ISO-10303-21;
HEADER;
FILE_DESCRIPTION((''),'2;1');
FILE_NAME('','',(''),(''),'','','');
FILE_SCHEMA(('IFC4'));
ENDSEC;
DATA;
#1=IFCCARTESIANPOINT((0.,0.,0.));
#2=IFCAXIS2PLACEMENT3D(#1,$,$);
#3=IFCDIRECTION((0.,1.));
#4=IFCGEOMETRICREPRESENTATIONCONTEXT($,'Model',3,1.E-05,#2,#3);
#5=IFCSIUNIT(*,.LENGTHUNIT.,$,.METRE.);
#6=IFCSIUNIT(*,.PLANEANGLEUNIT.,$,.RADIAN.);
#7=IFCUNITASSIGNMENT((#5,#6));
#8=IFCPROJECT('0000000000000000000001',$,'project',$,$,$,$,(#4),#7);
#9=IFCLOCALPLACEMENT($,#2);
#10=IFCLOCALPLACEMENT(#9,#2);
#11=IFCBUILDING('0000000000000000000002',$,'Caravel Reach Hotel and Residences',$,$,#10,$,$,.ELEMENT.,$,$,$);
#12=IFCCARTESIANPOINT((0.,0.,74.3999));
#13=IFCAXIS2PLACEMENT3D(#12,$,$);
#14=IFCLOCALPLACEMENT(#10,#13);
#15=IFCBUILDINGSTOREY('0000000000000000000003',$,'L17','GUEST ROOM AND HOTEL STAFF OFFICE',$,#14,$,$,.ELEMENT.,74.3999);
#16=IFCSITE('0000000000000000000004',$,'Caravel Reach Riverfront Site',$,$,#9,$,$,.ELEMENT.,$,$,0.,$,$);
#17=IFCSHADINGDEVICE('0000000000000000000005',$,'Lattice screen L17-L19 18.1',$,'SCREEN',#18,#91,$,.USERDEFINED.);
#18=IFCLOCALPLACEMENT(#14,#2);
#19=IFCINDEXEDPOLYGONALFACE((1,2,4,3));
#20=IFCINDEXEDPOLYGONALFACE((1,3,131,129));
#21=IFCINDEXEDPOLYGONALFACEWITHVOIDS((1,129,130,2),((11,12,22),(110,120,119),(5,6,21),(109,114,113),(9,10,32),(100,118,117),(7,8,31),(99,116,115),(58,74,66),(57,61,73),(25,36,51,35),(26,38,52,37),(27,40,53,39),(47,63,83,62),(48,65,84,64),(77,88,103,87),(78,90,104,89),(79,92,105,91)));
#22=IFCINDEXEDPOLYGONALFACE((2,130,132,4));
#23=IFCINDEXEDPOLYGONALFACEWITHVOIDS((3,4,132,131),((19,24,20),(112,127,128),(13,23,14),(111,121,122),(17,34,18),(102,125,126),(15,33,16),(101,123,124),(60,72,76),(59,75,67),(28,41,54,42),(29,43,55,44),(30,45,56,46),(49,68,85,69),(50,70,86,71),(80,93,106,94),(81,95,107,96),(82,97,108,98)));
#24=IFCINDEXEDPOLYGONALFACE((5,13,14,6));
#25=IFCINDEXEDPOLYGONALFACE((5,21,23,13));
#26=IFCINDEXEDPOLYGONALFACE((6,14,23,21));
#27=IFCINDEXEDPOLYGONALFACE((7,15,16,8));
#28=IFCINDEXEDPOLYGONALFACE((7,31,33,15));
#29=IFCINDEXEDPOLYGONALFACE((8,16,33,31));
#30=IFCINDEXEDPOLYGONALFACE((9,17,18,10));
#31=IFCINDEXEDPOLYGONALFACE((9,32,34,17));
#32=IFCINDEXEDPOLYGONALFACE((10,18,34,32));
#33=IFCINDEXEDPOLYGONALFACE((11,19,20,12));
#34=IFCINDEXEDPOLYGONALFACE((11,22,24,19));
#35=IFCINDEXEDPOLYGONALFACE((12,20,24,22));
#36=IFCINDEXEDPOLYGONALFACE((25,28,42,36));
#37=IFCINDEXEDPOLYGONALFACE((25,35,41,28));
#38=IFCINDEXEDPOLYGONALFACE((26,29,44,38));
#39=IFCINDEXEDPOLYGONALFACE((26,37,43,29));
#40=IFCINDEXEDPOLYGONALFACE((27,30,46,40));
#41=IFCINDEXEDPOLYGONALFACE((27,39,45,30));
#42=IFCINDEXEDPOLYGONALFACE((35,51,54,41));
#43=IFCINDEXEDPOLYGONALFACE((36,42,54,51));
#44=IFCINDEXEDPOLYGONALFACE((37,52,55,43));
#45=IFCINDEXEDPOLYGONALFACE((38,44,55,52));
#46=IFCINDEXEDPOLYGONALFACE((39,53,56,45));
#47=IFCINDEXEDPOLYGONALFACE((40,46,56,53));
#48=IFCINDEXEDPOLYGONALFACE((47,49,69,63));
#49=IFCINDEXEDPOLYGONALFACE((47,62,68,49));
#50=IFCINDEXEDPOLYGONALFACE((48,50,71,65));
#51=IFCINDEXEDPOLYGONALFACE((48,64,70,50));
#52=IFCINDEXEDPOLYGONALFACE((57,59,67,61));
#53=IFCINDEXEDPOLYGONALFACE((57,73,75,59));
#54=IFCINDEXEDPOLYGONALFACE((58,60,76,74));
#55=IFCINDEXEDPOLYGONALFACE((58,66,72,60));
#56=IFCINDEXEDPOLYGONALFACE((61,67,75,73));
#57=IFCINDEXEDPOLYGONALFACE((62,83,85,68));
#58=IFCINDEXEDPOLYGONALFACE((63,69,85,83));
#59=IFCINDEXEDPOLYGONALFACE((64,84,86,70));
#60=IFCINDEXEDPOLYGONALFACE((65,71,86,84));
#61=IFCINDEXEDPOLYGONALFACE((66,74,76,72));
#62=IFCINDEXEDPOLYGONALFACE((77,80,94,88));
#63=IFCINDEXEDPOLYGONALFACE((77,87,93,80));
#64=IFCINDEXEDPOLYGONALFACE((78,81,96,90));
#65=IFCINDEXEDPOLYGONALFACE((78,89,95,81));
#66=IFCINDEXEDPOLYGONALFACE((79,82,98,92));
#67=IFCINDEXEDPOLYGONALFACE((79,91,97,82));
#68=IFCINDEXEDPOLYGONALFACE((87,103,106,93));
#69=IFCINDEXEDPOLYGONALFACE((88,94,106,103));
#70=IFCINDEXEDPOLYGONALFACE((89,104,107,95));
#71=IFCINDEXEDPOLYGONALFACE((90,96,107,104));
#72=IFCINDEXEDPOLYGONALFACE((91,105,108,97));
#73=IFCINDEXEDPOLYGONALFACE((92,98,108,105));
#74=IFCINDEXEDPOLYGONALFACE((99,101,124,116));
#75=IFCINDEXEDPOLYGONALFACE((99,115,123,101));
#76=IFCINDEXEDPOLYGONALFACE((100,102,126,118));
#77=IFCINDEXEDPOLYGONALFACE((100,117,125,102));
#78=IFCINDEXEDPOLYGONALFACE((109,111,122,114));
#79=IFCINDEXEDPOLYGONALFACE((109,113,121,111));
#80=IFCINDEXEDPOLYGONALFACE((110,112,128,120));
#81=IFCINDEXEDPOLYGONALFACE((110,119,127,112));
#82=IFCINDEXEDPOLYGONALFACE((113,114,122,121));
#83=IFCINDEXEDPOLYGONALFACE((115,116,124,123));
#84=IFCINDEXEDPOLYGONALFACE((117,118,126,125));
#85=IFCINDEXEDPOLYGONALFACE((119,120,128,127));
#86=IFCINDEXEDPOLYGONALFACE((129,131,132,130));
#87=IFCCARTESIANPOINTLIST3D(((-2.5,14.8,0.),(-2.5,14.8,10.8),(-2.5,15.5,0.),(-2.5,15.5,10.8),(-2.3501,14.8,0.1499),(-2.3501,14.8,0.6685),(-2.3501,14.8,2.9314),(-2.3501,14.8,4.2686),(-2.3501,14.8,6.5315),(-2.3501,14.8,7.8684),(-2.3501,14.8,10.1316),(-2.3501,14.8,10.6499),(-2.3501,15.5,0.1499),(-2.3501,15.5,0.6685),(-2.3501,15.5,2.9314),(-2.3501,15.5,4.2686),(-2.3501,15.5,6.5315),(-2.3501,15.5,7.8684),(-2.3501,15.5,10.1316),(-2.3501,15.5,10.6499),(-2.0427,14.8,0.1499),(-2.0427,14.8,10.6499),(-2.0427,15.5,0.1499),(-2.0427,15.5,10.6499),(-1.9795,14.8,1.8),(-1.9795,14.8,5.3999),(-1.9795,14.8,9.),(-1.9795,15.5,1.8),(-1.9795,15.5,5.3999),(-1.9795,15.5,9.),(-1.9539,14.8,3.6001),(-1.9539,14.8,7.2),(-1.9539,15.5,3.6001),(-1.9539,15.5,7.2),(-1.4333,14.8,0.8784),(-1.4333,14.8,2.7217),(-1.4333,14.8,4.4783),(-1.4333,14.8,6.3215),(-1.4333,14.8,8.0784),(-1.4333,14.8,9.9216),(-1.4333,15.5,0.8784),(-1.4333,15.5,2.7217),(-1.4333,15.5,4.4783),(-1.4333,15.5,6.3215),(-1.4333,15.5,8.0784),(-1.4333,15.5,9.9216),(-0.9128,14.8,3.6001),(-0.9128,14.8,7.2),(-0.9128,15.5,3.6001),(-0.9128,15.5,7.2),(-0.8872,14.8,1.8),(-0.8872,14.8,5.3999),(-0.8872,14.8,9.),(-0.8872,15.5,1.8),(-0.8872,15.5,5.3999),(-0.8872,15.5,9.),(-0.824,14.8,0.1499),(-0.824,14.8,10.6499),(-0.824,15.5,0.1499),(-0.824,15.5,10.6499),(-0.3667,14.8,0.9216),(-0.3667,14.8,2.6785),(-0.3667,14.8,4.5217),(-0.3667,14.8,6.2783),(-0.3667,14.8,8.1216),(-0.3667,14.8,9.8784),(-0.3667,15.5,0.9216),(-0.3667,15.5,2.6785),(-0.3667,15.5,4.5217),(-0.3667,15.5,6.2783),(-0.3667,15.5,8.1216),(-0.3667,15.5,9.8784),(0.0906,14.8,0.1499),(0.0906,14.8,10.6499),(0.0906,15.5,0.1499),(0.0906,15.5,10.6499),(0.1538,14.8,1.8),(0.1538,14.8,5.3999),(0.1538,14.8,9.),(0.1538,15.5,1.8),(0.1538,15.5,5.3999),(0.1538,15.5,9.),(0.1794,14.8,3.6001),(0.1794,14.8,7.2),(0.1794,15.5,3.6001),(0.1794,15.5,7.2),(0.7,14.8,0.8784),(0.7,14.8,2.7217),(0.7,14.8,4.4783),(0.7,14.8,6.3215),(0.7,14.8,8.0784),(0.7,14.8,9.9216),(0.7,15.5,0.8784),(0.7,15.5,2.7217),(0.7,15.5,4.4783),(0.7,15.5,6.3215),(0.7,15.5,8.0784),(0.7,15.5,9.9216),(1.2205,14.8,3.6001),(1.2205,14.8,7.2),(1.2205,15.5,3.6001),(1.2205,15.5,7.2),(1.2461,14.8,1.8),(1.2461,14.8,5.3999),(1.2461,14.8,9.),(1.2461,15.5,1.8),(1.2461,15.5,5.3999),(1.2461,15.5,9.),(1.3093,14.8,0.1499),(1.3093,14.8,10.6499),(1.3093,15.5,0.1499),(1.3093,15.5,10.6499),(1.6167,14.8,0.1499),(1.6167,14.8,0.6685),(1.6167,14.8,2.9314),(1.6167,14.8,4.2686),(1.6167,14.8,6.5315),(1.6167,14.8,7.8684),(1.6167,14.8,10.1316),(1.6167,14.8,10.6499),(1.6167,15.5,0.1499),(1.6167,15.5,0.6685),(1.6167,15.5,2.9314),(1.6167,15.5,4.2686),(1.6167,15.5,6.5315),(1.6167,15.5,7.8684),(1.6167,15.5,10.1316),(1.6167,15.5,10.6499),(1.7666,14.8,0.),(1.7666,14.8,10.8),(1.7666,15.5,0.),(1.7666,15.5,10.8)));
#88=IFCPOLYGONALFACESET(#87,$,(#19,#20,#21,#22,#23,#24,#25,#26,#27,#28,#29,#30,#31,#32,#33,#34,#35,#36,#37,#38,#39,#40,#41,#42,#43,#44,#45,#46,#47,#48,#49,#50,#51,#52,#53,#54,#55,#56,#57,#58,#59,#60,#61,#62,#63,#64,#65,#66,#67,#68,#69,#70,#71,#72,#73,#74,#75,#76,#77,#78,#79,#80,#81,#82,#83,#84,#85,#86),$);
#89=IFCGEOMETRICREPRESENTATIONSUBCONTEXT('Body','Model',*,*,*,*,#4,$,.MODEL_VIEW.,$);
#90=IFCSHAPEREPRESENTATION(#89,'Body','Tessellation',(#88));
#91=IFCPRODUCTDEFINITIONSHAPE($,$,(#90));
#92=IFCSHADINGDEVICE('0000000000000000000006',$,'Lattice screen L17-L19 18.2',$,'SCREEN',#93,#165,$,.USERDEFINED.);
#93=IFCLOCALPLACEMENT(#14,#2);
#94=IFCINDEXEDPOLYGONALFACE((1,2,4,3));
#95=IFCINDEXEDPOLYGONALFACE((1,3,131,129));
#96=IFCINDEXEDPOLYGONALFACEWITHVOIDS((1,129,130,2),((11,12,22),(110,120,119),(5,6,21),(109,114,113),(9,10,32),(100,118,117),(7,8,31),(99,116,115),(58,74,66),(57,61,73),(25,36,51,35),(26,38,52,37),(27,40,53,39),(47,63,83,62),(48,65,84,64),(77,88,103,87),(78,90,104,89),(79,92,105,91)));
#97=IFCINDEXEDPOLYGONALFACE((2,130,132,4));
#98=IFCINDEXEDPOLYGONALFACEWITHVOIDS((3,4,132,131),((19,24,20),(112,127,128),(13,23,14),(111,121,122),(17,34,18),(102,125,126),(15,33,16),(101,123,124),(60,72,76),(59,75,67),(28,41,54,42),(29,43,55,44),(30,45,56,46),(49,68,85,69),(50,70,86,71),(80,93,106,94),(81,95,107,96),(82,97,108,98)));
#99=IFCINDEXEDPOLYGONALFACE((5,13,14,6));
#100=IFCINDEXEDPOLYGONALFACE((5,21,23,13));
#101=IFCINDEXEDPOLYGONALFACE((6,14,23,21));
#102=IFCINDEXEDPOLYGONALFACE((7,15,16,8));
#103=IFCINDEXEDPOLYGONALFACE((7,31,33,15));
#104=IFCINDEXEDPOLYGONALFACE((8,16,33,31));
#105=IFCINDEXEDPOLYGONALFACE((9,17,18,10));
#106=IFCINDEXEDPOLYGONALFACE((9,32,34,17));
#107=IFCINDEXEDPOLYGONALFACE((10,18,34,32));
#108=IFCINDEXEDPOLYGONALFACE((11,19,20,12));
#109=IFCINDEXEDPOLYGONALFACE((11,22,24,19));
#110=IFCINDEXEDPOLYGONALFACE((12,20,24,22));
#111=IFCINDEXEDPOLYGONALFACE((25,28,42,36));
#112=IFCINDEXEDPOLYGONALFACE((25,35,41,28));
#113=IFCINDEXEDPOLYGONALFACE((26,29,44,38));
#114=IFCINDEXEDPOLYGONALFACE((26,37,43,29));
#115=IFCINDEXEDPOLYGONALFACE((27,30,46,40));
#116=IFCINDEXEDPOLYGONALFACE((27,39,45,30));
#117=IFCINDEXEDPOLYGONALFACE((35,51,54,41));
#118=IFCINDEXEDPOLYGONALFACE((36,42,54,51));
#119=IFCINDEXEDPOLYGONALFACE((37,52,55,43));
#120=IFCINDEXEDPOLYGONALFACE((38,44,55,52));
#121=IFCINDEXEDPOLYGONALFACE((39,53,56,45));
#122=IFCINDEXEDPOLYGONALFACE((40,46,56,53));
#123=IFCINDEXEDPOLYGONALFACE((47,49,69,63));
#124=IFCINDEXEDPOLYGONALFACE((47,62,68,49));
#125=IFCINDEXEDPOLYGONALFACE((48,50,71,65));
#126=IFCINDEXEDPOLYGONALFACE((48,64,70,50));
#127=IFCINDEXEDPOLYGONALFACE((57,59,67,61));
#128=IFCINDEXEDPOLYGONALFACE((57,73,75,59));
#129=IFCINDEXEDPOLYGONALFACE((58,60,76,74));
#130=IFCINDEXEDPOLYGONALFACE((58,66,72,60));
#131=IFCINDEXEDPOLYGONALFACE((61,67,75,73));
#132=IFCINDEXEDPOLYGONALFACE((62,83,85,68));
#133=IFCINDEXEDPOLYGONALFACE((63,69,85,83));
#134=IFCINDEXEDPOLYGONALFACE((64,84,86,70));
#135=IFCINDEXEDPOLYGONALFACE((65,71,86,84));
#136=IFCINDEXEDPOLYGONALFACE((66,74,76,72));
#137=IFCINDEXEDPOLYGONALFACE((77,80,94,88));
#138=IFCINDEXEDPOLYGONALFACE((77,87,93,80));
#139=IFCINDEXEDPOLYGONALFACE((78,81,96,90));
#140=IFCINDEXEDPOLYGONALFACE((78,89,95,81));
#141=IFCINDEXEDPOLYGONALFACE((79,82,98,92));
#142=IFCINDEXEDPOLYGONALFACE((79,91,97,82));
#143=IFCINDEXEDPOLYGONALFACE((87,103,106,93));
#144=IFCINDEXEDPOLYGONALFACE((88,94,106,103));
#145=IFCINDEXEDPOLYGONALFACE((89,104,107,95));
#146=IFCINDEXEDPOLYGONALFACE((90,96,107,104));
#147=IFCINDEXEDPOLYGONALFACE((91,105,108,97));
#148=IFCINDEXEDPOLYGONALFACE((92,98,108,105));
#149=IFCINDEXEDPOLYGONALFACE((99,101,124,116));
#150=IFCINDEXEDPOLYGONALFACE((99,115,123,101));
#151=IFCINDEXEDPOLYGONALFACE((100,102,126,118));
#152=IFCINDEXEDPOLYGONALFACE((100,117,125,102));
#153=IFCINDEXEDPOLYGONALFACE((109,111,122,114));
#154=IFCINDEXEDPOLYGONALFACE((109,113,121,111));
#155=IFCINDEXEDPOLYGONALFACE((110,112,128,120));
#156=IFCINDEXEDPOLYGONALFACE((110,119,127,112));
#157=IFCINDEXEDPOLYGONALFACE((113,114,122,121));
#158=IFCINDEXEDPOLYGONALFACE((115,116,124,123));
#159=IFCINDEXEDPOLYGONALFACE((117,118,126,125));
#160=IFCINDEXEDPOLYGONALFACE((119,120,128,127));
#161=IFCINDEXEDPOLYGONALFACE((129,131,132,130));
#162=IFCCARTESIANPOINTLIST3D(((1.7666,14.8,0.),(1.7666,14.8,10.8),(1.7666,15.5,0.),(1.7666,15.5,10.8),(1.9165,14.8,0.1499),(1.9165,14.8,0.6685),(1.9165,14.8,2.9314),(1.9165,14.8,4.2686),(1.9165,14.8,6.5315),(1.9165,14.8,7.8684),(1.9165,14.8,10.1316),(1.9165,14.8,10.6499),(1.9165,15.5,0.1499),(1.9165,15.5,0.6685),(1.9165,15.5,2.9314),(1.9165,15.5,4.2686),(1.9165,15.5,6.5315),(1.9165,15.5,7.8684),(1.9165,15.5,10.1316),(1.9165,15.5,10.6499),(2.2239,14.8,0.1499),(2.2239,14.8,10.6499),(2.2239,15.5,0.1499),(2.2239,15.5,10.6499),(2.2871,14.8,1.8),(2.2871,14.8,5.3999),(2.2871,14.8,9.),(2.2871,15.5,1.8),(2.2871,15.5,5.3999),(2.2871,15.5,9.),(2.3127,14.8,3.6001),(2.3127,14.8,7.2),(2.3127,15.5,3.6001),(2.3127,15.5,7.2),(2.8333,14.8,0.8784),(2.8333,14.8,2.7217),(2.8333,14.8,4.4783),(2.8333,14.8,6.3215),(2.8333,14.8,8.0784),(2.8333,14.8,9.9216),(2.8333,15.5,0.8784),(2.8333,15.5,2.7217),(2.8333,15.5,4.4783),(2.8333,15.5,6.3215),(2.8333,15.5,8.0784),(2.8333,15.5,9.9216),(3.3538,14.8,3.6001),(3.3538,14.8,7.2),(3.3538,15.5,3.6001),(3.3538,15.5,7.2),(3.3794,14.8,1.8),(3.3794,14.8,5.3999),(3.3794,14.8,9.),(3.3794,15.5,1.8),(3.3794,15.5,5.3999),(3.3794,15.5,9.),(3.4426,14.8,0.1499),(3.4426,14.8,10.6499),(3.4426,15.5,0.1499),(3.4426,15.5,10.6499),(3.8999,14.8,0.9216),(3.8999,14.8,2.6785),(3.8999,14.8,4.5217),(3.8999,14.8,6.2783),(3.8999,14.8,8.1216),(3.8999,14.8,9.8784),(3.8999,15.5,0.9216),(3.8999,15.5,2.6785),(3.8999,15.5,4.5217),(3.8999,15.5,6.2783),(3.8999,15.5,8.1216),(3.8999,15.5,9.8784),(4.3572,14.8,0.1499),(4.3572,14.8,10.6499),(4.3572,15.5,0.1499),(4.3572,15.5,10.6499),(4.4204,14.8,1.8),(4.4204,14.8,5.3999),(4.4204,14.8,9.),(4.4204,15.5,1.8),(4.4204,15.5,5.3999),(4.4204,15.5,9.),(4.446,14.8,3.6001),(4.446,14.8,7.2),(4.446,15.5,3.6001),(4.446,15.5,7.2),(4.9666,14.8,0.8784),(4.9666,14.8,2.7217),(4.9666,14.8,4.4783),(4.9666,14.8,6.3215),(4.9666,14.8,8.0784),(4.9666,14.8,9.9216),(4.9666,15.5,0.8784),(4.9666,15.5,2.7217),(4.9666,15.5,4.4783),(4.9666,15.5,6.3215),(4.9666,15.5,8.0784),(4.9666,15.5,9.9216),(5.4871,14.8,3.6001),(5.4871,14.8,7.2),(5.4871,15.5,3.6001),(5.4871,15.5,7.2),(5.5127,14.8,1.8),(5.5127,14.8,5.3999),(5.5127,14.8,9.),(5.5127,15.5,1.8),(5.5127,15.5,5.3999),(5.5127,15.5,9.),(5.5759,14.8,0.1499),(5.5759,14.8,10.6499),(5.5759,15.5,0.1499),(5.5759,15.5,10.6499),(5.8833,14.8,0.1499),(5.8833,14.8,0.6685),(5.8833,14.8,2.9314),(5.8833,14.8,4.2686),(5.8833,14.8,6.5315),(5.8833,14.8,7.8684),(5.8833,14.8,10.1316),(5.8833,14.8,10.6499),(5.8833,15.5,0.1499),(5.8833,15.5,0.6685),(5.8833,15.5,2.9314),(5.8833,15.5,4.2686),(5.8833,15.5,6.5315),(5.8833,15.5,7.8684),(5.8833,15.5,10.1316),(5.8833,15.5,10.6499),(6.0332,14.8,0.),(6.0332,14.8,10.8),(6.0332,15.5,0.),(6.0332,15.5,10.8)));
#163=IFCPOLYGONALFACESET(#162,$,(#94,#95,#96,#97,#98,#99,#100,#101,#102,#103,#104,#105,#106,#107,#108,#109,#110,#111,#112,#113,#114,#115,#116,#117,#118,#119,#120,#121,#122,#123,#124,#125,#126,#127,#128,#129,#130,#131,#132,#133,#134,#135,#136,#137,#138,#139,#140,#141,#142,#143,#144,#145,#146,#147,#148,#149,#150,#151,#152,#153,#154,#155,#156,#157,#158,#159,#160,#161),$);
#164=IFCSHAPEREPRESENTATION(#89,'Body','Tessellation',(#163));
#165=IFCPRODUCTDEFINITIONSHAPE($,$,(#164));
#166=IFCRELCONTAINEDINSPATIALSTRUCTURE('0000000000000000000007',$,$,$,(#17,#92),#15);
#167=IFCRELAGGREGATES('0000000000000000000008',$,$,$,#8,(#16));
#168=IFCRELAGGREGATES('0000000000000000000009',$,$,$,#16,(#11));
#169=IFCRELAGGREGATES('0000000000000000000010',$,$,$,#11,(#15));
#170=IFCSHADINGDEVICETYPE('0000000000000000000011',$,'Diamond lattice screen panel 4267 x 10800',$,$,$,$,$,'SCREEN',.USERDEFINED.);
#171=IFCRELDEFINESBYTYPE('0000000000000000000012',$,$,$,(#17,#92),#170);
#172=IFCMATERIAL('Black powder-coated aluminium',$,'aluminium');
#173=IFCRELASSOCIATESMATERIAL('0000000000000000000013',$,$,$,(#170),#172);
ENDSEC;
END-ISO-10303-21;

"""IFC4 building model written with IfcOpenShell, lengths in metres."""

from ifc_helpers import new_model, si_unit, direction, frame, origin, place, context, subcontext, project, spatial, polyline, outline, extrude, material, type_object, element, save


model = new_model("IFC4")

# Units and contexts
model_context = context("Model", 3, precision=1e-05, world=origin(), true_north=direction((0.0, 1.0)))
body_context = subcontext(model_context, "Body", "Model", "MODEL_VIEW")
ifc_project = project(units=[si_unit("LENGTHUNIT", "METRE"), si_unit("PLANEANGLEUNIT", "RADIAN")], contexts=[model_context])

# Site, building, storey
site_placement = place(None, origin())
site = spatial("IfcSite", under=ifc_project, at=site_placement, Name="Caravel Reach Riverfront Site", CompositionType="ELEMENT", RefElevation=0.0)
building_placement = place(site_placement, origin())
building = spatial("IfcBuilding", under=site, at=building_placement, Name="Caravel Reach Hotel and Residences", CompositionType="ELEMENT")
storey_placement = place(building_placement, frame((0.0, 0.0, 74.3999)))
storey = spatial("IfcBuildingStorey", under=building, at=storey_placement, Name="L17", Description="GUEST ROOM AND HOTEL STAFF OFFICE", CompositionType="ELEMENT", Elevation=74.3999)

# Shading devices
ifc_material_1 = material(Name="Black powder-coated aluminium", Category="aluminium")
shading_device_type_1 = type_object("IfcShadingDeviceType", Name="Diamond lattice screen panel 4267 x 10800", ElementType="SCREEN", PredefinedType="USERDEFINED", material=ifc_material_1)
shading_device_1_placement = place(storey_placement, frame((-2.5, 15.5, 0.0), z_axis=(0.0, -1.0, 0.0), x_axis=(1.0, 0.0, 0.0)))
element("IfcShadingDevice", 1, at=shading_device_1_placement, inside=storey, type_object=shading_device_type_1, Name="Lattice screen L17-L19 18.1", ObjectType="SCREEN", PredefinedType="USERDEFINED", context=body_context, shape_type="SweptSolid", body=[
    extrude(outline(polyline([(0.0, 0.0), (4.2666, 0.0), (4.2666, 10.8), (0.0, 10.8), (0.0, 0.0)]), holes=[polyline([(0.4573, 0.1499), (0.1499, 0.6685), (0.1499, 0.1499), (0.4573, 0.1499)]), polyline([(0.5461, 3.6001), (0.1499, 4.2686), (0.1499, 2.9314), (0.5461, 3.6001)]), polyline([(0.5461, 7.2), (0.1499, 7.8684), (0.1499, 6.5315), (0.5461, 7.2)]), polyline([(0.1499, 10.1316), (0.4573, 10.6499), (0.1499, 10.6499), (0.1499, 10.1316)]), polyline([(1.0667, 2.7217), (0.5205, 1.8), (1.0667, 0.8784), (1.6128, 1.8), (1.0667, 2.7217)]), polyline([(1.0667, 6.3215), (0.5205, 5.3999), (1.0667, 4.4783), (1.6128, 5.3999), (1.0667, 6.3215)]), polyline([(1.0667, 9.9216), (0.5205, 9.0), (1.0667, 8.0784), (1.6128, 9.0), (1.0667, 9.9216)]), polyline([(2.1333, 0.9216), (1.676, 0.1499), (2.5906, 0.1499), (2.1333, 0.9216)]), polyline([(2.1333, 4.5217), (1.5872, 3.6001), (2.1333, 2.6785), (2.6794, 3.6001), (2.1333, 4.5217)]), polyline([(2.1333, 8.1216), (1.5872, 7.2), (2.1333, 6.2783), (2.6794, 7.2), (2.1333, 8.1216)]), polyline([(2.1333, 9.8784), (2.5906, 10.6499), (1.676, 10.6499), (2.1333, 9.8784)]), polyline([(3.2, 2.7217), (2.6538, 1.8), (3.2, 0.8784), (3.7461, 1.8), (3.2, 2.7217)]), polyline([(3.2, 6.3215), (2.6538, 5.3999), (3.2, 4.4783), (3.7461, 5.3999), (3.2, 6.3215)]), polyline([(3.2, 9.9216), (2.6538, 9.0), (3.2, 8.0784), (3.7461, 9.0), (3.2, 9.9216)]), polyline([(4.1167, 0.6685), (3.8093, 0.1499), (4.1167, 0.1499), (4.1167, 0.6685)]), polyline([(3.7205, 3.6001), (4.1167, 2.9314), (4.1167, 4.2686), (3.7205, 3.6001)]), polyline([(3.7205, 7.2), (4.1167, 6.5315), (4.1167, 7.8684), (3.7205, 7.2)]), polyline([(3.8093, 10.6499), (4.1167, 10.1316), (4.1167, 10.6499), (3.8093, 10.6499)])]), origin(), (0.0, 0.0, 1.0), 0.7),
])
shading_device_2_placement = place(storey_placement, frame((1.7666, 15.5, 0.0), z_axis=(0.0, -1.0, 0.0), x_axis=(1.0, 0.0, 0.0)))
element("IfcShadingDevice", 2, at=shading_device_2_placement, inside=storey, type_object=shading_device_type_1, Name="Lattice screen L17-L19 18.2", ObjectType="SCREEN", PredefinedType="USERDEFINED", context=body_context, shape_type="SweptSolid", body=[
    extrude(outline(polyline([(0.0, 0.0), (4.2666, 0.0), (4.2666, 10.8), (0.0, 10.8), (0.0, 0.0)]), holes=[polyline([(0.4573, 0.1499), (0.1499, 0.6685), (0.1499, 0.1499), (0.4573, 0.1499)]), polyline([(0.5461, 3.6001), (0.1499, 4.2686), (0.1499, 2.9314), (0.5461, 3.6001)]), polyline([(0.5461, 7.2), (0.1499, 7.8684), (0.1499, 6.5315), (0.5461, 7.2)]), polyline([(0.1499, 10.1316), (0.4573, 10.6499), (0.1499, 10.6499), (0.1499, 10.1316)]), polyline([(1.0667, 2.7217), (0.5205, 1.8), (1.0667, 0.8784), (1.6128, 1.8), (1.0667, 2.7217)]), polyline([(1.0667, 6.3215), (0.5205, 5.3999), (1.0667, 4.4783), (1.6128, 5.3999), (1.0667, 6.3215)]), polyline([(1.0667, 9.9216), (0.5205, 9.0), (1.0667, 8.0784), (1.6128, 9.0), (1.0667, 9.9216)]), polyline([(2.1333, 0.9216), (1.676, 0.1499), (2.5906, 0.1499), (2.1333, 0.9216)]), polyline([(2.1333, 4.5217), (1.5872, 3.6001), (2.1333, 2.6785), (2.6794, 3.6001), (2.1333, 4.5217)]), polyline([(2.1333, 8.1216), (1.5872, 7.2), (2.1333, 6.2783), (2.6794, 7.2), (2.1333, 8.1216)]), polyline([(2.1333, 9.8784), (2.5906, 10.6499), (1.676, 10.6499), (2.1333, 9.8784)]), polyline([(3.2, 2.7217), (2.6538, 1.8), (3.2, 0.8784), (3.7461, 1.8), (3.2, 2.7217)]), polyline([(3.2, 6.3215), (2.6538, 5.3999), (3.2, 4.4783), (3.7461, 5.3999), (3.2, 6.3215)]), polyline([(3.2, 9.9216), (2.6538, 9.0), (3.2, 8.0784), (3.7461, 9.0), (3.2, 9.9216)]), polyline([(4.1167, 0.6685), (3.8093, 0.1499), (4.1167, 0.1499), (4.1167, 0.6685)]), polyline([(3.7205, 3.6001), (4.1167, 2.9314), (4.1167, 4.2686), (3.7205, 3.6001)]), polyline([(3.7205, 7.2), (4.1167, 6.5315), (4.1167, 7.8684), (3.7205, 7.2)]), polyline([(3.8093, 10.6499), (4.1167, 10.1316), (4.1167, 10.6499), (3.8093, 10.6499)])]), origin(), (0.0, 0.0, 1.0), 0.7),
])

save(model, "model.ifc")
